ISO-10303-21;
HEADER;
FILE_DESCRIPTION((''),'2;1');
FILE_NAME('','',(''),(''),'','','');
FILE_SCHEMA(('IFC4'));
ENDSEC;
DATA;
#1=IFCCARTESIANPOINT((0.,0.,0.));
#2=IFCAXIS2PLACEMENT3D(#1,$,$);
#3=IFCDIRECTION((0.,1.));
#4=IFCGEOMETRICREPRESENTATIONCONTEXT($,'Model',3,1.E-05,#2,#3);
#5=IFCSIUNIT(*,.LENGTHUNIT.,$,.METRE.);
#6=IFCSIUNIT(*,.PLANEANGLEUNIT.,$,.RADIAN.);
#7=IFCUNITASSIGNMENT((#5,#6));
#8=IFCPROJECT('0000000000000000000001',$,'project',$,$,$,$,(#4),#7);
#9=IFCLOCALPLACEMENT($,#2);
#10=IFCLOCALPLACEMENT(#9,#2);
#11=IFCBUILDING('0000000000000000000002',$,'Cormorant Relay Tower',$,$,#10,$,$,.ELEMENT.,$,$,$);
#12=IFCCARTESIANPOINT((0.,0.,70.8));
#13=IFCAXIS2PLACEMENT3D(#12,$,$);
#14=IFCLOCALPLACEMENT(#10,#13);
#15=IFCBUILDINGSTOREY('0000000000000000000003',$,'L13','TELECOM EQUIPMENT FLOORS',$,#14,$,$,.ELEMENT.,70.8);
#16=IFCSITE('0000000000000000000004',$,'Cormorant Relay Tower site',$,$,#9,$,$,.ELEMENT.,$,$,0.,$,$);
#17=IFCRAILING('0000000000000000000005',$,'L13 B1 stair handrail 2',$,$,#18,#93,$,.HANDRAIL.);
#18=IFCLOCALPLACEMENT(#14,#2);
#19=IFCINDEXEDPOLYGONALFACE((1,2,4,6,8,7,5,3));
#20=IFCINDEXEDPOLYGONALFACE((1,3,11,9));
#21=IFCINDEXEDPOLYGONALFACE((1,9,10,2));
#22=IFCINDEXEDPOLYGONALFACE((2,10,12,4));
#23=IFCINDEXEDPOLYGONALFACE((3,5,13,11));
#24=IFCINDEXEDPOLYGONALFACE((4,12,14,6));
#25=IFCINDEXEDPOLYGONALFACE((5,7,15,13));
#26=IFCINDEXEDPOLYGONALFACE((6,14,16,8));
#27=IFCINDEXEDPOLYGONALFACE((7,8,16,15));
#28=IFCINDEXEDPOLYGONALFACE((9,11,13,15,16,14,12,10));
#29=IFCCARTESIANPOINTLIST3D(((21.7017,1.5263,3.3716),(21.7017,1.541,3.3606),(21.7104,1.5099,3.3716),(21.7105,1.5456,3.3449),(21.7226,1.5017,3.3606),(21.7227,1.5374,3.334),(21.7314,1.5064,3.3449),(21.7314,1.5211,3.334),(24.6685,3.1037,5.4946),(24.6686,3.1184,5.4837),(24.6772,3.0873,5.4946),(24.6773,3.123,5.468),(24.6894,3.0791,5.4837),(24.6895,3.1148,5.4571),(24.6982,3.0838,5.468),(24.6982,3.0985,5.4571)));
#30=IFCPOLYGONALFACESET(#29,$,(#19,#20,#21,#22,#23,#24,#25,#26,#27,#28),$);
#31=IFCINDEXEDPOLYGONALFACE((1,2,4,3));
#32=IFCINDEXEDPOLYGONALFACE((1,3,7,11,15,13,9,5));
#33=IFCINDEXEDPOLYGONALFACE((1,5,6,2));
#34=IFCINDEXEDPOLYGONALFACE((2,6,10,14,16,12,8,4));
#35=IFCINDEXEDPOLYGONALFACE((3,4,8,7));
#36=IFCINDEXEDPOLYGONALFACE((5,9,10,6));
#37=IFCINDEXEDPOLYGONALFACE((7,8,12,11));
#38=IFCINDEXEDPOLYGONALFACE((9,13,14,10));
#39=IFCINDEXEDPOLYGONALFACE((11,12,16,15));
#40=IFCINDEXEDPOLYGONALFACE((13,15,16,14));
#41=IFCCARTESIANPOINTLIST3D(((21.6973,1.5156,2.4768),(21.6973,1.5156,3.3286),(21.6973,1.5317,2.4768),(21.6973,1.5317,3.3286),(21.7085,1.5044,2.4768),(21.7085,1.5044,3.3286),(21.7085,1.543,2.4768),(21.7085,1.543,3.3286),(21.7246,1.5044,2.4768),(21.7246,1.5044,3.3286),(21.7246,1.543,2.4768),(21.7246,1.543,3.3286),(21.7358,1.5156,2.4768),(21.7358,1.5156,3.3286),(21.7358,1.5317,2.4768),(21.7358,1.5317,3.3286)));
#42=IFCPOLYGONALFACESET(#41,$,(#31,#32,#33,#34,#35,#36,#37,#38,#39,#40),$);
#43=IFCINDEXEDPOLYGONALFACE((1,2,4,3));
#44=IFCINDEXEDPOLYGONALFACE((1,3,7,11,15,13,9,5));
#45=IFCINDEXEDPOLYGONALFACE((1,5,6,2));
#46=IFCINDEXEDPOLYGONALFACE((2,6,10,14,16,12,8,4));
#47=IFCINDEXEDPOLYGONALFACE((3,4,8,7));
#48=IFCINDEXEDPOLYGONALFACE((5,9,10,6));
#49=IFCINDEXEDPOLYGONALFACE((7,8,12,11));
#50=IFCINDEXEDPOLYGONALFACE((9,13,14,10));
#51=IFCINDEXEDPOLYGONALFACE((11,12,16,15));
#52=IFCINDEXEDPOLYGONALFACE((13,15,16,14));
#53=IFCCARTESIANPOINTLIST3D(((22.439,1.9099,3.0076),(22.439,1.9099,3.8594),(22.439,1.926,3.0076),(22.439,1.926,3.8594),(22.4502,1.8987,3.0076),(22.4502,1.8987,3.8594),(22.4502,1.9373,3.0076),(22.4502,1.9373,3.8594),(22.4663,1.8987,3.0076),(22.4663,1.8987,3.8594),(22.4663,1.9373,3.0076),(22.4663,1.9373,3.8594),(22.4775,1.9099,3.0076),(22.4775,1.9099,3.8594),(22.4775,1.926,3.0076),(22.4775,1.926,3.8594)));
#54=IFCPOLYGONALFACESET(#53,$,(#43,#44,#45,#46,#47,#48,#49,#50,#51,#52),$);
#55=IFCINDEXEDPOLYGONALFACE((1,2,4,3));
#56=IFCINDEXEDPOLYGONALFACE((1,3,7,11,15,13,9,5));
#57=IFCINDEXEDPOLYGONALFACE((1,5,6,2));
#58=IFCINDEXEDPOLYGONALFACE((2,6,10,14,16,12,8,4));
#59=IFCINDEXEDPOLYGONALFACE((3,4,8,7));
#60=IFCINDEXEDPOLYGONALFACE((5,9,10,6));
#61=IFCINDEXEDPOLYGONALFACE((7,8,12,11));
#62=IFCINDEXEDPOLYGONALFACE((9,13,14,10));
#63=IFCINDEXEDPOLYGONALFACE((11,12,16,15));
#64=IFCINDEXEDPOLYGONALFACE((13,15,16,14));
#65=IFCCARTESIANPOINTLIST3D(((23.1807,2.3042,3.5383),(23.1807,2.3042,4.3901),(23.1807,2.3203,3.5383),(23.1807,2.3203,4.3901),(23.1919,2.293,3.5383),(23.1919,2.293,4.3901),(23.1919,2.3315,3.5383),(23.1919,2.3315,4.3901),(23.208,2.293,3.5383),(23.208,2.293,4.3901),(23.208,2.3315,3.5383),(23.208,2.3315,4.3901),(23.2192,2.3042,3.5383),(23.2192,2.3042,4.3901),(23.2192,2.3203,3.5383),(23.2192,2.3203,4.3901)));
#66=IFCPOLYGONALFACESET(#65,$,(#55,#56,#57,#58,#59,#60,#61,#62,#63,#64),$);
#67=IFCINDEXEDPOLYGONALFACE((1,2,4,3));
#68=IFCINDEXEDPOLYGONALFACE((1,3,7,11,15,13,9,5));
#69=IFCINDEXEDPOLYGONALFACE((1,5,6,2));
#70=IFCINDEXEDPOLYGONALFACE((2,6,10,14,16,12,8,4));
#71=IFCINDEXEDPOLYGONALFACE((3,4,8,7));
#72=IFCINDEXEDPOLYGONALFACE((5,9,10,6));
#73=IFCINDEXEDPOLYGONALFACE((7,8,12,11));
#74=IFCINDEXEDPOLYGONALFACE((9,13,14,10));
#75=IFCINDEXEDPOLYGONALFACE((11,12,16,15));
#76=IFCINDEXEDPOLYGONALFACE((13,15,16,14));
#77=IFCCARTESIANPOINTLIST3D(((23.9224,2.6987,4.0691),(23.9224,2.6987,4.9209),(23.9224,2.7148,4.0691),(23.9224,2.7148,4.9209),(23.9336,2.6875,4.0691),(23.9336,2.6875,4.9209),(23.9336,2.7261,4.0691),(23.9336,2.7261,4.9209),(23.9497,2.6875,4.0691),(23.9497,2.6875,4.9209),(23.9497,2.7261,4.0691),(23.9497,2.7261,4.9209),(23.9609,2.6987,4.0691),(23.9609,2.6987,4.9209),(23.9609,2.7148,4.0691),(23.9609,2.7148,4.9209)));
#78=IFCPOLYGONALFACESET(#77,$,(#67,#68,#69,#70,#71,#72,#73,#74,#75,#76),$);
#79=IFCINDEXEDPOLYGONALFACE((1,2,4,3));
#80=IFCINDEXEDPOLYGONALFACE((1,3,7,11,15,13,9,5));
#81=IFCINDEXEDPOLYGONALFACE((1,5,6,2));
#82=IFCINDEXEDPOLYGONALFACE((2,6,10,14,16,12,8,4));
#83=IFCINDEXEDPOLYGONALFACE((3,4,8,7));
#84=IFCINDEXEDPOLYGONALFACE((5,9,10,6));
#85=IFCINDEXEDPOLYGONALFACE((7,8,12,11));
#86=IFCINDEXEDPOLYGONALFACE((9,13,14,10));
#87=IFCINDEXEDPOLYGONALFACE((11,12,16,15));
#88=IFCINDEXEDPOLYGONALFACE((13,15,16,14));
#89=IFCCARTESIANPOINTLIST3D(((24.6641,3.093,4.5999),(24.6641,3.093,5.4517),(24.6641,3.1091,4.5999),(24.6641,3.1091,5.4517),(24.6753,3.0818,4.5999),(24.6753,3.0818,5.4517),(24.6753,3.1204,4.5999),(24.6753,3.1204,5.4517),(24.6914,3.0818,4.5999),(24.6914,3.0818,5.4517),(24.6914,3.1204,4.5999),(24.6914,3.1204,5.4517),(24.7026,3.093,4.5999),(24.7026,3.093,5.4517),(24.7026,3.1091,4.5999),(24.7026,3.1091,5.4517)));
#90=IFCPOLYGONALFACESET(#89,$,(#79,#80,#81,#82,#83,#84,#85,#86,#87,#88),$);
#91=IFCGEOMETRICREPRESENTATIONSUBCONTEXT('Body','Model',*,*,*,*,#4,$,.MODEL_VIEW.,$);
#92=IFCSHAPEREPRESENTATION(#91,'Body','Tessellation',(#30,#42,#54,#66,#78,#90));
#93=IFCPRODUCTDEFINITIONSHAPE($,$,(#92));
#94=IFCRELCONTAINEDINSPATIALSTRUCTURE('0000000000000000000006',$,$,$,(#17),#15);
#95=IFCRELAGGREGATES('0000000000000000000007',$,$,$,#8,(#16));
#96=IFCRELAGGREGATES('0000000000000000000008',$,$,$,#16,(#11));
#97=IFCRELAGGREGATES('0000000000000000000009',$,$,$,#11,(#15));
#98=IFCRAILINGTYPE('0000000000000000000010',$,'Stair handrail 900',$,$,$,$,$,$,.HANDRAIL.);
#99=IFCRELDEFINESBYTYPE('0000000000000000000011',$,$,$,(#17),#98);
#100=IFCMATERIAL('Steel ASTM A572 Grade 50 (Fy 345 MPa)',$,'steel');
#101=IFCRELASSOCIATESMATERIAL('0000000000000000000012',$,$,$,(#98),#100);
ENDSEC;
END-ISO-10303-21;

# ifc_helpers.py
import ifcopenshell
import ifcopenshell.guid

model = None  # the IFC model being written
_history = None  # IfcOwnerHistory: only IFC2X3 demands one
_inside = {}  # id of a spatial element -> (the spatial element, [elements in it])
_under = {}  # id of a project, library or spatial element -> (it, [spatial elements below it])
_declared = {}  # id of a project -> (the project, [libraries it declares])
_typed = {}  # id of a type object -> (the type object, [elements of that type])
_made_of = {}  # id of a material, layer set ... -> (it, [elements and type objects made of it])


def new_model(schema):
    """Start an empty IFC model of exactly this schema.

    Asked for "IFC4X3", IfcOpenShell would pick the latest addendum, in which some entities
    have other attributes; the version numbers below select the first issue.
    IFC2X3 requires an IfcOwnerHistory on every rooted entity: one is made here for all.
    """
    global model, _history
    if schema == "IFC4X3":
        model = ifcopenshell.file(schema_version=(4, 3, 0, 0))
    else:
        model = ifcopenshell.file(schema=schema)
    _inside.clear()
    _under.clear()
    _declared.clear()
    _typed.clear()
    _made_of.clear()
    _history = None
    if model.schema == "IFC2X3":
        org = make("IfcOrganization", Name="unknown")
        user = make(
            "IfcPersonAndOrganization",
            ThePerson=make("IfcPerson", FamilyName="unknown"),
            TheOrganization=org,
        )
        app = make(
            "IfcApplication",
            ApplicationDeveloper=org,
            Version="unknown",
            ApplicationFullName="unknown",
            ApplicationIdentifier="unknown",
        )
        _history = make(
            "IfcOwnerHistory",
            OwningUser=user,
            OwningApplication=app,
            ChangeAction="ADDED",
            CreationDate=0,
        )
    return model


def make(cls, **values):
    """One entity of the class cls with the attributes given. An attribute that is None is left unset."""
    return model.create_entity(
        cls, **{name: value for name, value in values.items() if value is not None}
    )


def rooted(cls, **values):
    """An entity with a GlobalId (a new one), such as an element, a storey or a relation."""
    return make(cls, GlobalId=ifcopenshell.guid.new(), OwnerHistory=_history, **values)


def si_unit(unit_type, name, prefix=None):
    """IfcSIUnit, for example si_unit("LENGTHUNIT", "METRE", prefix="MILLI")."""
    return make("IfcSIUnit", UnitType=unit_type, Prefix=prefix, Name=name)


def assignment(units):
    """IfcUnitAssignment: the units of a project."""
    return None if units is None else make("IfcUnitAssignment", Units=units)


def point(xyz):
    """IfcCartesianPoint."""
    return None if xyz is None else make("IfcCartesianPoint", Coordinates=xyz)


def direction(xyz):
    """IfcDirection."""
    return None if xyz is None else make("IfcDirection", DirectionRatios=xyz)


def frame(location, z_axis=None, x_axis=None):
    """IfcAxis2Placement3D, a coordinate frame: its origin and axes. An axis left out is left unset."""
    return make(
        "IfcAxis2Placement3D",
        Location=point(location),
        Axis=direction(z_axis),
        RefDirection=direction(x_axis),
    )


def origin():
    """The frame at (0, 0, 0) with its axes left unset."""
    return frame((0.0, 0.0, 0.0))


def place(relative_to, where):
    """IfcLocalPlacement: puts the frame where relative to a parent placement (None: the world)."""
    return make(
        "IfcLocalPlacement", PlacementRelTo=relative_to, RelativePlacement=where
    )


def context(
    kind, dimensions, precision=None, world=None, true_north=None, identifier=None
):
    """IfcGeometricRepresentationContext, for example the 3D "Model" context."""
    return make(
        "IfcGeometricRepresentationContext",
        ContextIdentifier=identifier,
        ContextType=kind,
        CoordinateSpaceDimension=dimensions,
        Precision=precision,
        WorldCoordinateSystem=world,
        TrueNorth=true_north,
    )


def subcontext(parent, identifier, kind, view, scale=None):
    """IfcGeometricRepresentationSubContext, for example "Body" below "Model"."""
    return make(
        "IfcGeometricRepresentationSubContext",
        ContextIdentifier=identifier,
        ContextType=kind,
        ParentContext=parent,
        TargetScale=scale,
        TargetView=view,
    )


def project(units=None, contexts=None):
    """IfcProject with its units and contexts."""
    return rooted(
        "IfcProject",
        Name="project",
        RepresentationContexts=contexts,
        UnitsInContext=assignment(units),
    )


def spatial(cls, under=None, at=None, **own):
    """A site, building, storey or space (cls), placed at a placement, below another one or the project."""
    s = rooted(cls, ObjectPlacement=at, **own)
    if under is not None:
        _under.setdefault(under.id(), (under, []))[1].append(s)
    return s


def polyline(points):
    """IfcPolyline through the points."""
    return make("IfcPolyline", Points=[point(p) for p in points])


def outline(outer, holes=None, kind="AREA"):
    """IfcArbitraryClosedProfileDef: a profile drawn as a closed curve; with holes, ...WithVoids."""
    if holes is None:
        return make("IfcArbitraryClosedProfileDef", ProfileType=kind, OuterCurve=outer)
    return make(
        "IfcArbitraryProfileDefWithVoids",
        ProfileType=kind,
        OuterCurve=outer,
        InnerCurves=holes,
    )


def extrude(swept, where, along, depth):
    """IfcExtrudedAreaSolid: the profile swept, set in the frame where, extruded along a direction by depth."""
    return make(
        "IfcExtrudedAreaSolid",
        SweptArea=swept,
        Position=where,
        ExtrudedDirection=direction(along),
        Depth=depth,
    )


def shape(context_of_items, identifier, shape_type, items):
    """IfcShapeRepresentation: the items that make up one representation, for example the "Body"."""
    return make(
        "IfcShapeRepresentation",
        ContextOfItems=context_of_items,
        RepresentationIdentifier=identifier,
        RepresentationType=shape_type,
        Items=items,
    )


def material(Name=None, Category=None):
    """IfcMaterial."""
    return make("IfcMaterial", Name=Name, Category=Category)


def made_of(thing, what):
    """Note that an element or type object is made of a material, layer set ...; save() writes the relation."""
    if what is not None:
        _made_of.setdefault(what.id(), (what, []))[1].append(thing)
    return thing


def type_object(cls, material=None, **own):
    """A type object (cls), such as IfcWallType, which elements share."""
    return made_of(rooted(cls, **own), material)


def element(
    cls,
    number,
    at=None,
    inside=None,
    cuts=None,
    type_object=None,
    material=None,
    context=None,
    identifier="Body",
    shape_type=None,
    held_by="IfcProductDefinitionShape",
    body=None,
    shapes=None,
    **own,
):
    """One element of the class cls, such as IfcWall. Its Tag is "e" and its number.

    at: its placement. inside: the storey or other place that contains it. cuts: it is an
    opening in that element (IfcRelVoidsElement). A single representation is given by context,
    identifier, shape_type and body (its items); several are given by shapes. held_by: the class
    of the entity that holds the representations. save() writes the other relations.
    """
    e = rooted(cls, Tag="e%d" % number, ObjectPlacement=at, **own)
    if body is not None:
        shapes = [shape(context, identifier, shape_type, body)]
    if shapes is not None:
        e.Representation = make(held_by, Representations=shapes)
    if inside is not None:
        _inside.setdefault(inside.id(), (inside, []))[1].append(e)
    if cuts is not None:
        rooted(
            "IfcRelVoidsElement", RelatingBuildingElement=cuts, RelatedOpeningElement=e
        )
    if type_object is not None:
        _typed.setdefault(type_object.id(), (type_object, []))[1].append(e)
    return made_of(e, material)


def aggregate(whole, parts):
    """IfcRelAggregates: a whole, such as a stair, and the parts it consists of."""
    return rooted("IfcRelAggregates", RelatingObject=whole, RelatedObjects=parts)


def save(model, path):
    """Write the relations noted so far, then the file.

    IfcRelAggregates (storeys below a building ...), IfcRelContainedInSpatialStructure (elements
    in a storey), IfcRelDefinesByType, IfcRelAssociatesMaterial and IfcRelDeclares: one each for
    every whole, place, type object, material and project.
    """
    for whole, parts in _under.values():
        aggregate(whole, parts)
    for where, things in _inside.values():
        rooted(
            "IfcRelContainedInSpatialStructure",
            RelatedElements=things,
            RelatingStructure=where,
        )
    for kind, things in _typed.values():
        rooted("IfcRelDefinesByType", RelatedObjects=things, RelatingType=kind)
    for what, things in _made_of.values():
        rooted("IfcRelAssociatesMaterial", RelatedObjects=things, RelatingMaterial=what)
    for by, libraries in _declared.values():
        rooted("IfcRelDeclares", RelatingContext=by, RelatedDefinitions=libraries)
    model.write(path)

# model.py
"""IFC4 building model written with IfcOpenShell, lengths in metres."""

from ifc_helpers import new_model, si_unit, direction, frame, origin, place, context, subcontext, project, spatial, polyline, outline, extrude, material, type_object, element, save


model = new_model("IFC4")

# Units and contexts
model_context = context("Model", 3, precision=1e-05, world=origin(), true_north=direction((0.0, 1.0)))
body_context = subcontext(model_context, "Body", "Model", "MODEL_VIEW")
ifc_project = project(units=[si_unit("LENGTHUNIT", "METRE"), si_unit("PLANEANGLEUNIT", "RADIAN")], contexts=[model_context])

# Site, building, storey
site_placement = place(None, origin())
site = spatial("IfcSite", under=ifc_project, at=site_placement, Name="Cormorant Relay Tower site", CompositionType="ELEMENT", RefElevation=0.0)
building_placement = place(site_placement, origin())
building = spatial("IfcBuilding", under=site, at=building_placement, Name="Cormorant Relay Tower", CompositionType="ELEMENT")
storey_placement = place(building_placement, frame((0.0, 0.0, 70.8)))
storey = spatial("IfcBuildingStorey", under=building, at=storey_placement, Name="L13", Description="TELECOM EQUIPMENT FLOORS", CompositionType="ELEMENT", Elevation=70.8)

# Railing
ifc_material_1 = material(Name="Steel ASTM A572 Grade 50 (Fy 345 MPa)", Category="steel")
railing_type_1 = type_object("IfcRailingType", Name="Stair handrail 900", PredefinedType="HANDRAIL", material=ifc_material_1)
railing_1_placement = place(storey_placement, frame((21.7166, 1.5237, 2.4768)))
element("IfcRailing", 1, at=railing_1_placement, inside=storey, type_object=railing_type_1, Name="L13 B1 stair handrail 2", PredefinedType="HANDRAIL", context=body_context, shape_type="SweptSolid", body=[
    extrude(outline(polyline([(0.0222, 0.0093), (0.0093, 0.0222), (-0.0093, 0.0222), (-0.0222, 0.0093), (-0.0222, -0.0093), (-0.0093, -0.0222), (0.0093, -0.0222), (0.0222, -0.0093), (0.0222, 0.0093)])), frame((0.0, 0.0, 0.876), z_axis=(0.746441, 0.396869, 0.534155), x_axis=(-0.469453, 0.882958, 0.0)), (0.0, 0.0, 1.0), 3.9746),
    extrude(outline(polyline([(0.0193, 0.0081), (0.0081, 0.0193), (-0.0081, 0.0193), (-0.0193, 0.0081), (-0.0193, -0.0081), (-0.0081, -0.0193), (0.0081, -0.0193), (0.0193, -0.0081), (0.0193, 0.0081)])), origin(), (0.0, 0.0, 1.0), 0.8518),
    extrude(outline(polyline([(0.0193, 0.0081), (0.0081, 0.0193), (-0.0081, 0.0193), (-0.0193, 0.0081), (-0.0193, -0.0081), (-0.0081, -0.0193), (0.0081, -0.0193), (0.0193, -0.0081), (0.0193, 0.0081)])), frame((0.7417, 0.3943, 0.5308)), (0.0, 0.0, 1.0), 0.8518),
    extrude(outline(polyline([(0.0193, 0.0081), (0.0081, 0.0193), (-0.0081, 0.0193), (-0.0193, 0.0081), (-0.0193, -0.0081), (-0.0081, -0.0193), (0.0081, -0.0193), (0.0193, -0.0081), (0.0193, 0.0081)])), frame((1.4834, 0.7886, 1.0615)), (0.0, 0.0, 1.0), 0.8518),
    extrude(outline(polyline([(0.0193, 0.0081), (0.0081, 0.0193), (-0.0081, 0.0193), (-0.0193, 0.0081), (-0.0193, -0.0081), (-0.0081, -0.0193), (0.0081, -0.0193), (0.0193, -0.0081), (0.0193, 0.0081)])), frame((2.2251, 1.1831, 1.5923)), (0.0, 0.0, 1.0), 0.8518),
    extrude(outline(polyline([(0.0193, 0.0081), (0.0081, 0.0193), (-0.0081, 0.0193), (-0.0193, 0.0081), (-0.0193, -0.0081), (-0.0081, -0.0193), (0.0081, -0.0193), (0.0193, -0.0081), (0.0193, 0.0081)])), frame((2.9668, 1.5774, 2.123)), (0.0, 0.0, 1.0), 0.8518),
])

save(model, "model.ifc")
